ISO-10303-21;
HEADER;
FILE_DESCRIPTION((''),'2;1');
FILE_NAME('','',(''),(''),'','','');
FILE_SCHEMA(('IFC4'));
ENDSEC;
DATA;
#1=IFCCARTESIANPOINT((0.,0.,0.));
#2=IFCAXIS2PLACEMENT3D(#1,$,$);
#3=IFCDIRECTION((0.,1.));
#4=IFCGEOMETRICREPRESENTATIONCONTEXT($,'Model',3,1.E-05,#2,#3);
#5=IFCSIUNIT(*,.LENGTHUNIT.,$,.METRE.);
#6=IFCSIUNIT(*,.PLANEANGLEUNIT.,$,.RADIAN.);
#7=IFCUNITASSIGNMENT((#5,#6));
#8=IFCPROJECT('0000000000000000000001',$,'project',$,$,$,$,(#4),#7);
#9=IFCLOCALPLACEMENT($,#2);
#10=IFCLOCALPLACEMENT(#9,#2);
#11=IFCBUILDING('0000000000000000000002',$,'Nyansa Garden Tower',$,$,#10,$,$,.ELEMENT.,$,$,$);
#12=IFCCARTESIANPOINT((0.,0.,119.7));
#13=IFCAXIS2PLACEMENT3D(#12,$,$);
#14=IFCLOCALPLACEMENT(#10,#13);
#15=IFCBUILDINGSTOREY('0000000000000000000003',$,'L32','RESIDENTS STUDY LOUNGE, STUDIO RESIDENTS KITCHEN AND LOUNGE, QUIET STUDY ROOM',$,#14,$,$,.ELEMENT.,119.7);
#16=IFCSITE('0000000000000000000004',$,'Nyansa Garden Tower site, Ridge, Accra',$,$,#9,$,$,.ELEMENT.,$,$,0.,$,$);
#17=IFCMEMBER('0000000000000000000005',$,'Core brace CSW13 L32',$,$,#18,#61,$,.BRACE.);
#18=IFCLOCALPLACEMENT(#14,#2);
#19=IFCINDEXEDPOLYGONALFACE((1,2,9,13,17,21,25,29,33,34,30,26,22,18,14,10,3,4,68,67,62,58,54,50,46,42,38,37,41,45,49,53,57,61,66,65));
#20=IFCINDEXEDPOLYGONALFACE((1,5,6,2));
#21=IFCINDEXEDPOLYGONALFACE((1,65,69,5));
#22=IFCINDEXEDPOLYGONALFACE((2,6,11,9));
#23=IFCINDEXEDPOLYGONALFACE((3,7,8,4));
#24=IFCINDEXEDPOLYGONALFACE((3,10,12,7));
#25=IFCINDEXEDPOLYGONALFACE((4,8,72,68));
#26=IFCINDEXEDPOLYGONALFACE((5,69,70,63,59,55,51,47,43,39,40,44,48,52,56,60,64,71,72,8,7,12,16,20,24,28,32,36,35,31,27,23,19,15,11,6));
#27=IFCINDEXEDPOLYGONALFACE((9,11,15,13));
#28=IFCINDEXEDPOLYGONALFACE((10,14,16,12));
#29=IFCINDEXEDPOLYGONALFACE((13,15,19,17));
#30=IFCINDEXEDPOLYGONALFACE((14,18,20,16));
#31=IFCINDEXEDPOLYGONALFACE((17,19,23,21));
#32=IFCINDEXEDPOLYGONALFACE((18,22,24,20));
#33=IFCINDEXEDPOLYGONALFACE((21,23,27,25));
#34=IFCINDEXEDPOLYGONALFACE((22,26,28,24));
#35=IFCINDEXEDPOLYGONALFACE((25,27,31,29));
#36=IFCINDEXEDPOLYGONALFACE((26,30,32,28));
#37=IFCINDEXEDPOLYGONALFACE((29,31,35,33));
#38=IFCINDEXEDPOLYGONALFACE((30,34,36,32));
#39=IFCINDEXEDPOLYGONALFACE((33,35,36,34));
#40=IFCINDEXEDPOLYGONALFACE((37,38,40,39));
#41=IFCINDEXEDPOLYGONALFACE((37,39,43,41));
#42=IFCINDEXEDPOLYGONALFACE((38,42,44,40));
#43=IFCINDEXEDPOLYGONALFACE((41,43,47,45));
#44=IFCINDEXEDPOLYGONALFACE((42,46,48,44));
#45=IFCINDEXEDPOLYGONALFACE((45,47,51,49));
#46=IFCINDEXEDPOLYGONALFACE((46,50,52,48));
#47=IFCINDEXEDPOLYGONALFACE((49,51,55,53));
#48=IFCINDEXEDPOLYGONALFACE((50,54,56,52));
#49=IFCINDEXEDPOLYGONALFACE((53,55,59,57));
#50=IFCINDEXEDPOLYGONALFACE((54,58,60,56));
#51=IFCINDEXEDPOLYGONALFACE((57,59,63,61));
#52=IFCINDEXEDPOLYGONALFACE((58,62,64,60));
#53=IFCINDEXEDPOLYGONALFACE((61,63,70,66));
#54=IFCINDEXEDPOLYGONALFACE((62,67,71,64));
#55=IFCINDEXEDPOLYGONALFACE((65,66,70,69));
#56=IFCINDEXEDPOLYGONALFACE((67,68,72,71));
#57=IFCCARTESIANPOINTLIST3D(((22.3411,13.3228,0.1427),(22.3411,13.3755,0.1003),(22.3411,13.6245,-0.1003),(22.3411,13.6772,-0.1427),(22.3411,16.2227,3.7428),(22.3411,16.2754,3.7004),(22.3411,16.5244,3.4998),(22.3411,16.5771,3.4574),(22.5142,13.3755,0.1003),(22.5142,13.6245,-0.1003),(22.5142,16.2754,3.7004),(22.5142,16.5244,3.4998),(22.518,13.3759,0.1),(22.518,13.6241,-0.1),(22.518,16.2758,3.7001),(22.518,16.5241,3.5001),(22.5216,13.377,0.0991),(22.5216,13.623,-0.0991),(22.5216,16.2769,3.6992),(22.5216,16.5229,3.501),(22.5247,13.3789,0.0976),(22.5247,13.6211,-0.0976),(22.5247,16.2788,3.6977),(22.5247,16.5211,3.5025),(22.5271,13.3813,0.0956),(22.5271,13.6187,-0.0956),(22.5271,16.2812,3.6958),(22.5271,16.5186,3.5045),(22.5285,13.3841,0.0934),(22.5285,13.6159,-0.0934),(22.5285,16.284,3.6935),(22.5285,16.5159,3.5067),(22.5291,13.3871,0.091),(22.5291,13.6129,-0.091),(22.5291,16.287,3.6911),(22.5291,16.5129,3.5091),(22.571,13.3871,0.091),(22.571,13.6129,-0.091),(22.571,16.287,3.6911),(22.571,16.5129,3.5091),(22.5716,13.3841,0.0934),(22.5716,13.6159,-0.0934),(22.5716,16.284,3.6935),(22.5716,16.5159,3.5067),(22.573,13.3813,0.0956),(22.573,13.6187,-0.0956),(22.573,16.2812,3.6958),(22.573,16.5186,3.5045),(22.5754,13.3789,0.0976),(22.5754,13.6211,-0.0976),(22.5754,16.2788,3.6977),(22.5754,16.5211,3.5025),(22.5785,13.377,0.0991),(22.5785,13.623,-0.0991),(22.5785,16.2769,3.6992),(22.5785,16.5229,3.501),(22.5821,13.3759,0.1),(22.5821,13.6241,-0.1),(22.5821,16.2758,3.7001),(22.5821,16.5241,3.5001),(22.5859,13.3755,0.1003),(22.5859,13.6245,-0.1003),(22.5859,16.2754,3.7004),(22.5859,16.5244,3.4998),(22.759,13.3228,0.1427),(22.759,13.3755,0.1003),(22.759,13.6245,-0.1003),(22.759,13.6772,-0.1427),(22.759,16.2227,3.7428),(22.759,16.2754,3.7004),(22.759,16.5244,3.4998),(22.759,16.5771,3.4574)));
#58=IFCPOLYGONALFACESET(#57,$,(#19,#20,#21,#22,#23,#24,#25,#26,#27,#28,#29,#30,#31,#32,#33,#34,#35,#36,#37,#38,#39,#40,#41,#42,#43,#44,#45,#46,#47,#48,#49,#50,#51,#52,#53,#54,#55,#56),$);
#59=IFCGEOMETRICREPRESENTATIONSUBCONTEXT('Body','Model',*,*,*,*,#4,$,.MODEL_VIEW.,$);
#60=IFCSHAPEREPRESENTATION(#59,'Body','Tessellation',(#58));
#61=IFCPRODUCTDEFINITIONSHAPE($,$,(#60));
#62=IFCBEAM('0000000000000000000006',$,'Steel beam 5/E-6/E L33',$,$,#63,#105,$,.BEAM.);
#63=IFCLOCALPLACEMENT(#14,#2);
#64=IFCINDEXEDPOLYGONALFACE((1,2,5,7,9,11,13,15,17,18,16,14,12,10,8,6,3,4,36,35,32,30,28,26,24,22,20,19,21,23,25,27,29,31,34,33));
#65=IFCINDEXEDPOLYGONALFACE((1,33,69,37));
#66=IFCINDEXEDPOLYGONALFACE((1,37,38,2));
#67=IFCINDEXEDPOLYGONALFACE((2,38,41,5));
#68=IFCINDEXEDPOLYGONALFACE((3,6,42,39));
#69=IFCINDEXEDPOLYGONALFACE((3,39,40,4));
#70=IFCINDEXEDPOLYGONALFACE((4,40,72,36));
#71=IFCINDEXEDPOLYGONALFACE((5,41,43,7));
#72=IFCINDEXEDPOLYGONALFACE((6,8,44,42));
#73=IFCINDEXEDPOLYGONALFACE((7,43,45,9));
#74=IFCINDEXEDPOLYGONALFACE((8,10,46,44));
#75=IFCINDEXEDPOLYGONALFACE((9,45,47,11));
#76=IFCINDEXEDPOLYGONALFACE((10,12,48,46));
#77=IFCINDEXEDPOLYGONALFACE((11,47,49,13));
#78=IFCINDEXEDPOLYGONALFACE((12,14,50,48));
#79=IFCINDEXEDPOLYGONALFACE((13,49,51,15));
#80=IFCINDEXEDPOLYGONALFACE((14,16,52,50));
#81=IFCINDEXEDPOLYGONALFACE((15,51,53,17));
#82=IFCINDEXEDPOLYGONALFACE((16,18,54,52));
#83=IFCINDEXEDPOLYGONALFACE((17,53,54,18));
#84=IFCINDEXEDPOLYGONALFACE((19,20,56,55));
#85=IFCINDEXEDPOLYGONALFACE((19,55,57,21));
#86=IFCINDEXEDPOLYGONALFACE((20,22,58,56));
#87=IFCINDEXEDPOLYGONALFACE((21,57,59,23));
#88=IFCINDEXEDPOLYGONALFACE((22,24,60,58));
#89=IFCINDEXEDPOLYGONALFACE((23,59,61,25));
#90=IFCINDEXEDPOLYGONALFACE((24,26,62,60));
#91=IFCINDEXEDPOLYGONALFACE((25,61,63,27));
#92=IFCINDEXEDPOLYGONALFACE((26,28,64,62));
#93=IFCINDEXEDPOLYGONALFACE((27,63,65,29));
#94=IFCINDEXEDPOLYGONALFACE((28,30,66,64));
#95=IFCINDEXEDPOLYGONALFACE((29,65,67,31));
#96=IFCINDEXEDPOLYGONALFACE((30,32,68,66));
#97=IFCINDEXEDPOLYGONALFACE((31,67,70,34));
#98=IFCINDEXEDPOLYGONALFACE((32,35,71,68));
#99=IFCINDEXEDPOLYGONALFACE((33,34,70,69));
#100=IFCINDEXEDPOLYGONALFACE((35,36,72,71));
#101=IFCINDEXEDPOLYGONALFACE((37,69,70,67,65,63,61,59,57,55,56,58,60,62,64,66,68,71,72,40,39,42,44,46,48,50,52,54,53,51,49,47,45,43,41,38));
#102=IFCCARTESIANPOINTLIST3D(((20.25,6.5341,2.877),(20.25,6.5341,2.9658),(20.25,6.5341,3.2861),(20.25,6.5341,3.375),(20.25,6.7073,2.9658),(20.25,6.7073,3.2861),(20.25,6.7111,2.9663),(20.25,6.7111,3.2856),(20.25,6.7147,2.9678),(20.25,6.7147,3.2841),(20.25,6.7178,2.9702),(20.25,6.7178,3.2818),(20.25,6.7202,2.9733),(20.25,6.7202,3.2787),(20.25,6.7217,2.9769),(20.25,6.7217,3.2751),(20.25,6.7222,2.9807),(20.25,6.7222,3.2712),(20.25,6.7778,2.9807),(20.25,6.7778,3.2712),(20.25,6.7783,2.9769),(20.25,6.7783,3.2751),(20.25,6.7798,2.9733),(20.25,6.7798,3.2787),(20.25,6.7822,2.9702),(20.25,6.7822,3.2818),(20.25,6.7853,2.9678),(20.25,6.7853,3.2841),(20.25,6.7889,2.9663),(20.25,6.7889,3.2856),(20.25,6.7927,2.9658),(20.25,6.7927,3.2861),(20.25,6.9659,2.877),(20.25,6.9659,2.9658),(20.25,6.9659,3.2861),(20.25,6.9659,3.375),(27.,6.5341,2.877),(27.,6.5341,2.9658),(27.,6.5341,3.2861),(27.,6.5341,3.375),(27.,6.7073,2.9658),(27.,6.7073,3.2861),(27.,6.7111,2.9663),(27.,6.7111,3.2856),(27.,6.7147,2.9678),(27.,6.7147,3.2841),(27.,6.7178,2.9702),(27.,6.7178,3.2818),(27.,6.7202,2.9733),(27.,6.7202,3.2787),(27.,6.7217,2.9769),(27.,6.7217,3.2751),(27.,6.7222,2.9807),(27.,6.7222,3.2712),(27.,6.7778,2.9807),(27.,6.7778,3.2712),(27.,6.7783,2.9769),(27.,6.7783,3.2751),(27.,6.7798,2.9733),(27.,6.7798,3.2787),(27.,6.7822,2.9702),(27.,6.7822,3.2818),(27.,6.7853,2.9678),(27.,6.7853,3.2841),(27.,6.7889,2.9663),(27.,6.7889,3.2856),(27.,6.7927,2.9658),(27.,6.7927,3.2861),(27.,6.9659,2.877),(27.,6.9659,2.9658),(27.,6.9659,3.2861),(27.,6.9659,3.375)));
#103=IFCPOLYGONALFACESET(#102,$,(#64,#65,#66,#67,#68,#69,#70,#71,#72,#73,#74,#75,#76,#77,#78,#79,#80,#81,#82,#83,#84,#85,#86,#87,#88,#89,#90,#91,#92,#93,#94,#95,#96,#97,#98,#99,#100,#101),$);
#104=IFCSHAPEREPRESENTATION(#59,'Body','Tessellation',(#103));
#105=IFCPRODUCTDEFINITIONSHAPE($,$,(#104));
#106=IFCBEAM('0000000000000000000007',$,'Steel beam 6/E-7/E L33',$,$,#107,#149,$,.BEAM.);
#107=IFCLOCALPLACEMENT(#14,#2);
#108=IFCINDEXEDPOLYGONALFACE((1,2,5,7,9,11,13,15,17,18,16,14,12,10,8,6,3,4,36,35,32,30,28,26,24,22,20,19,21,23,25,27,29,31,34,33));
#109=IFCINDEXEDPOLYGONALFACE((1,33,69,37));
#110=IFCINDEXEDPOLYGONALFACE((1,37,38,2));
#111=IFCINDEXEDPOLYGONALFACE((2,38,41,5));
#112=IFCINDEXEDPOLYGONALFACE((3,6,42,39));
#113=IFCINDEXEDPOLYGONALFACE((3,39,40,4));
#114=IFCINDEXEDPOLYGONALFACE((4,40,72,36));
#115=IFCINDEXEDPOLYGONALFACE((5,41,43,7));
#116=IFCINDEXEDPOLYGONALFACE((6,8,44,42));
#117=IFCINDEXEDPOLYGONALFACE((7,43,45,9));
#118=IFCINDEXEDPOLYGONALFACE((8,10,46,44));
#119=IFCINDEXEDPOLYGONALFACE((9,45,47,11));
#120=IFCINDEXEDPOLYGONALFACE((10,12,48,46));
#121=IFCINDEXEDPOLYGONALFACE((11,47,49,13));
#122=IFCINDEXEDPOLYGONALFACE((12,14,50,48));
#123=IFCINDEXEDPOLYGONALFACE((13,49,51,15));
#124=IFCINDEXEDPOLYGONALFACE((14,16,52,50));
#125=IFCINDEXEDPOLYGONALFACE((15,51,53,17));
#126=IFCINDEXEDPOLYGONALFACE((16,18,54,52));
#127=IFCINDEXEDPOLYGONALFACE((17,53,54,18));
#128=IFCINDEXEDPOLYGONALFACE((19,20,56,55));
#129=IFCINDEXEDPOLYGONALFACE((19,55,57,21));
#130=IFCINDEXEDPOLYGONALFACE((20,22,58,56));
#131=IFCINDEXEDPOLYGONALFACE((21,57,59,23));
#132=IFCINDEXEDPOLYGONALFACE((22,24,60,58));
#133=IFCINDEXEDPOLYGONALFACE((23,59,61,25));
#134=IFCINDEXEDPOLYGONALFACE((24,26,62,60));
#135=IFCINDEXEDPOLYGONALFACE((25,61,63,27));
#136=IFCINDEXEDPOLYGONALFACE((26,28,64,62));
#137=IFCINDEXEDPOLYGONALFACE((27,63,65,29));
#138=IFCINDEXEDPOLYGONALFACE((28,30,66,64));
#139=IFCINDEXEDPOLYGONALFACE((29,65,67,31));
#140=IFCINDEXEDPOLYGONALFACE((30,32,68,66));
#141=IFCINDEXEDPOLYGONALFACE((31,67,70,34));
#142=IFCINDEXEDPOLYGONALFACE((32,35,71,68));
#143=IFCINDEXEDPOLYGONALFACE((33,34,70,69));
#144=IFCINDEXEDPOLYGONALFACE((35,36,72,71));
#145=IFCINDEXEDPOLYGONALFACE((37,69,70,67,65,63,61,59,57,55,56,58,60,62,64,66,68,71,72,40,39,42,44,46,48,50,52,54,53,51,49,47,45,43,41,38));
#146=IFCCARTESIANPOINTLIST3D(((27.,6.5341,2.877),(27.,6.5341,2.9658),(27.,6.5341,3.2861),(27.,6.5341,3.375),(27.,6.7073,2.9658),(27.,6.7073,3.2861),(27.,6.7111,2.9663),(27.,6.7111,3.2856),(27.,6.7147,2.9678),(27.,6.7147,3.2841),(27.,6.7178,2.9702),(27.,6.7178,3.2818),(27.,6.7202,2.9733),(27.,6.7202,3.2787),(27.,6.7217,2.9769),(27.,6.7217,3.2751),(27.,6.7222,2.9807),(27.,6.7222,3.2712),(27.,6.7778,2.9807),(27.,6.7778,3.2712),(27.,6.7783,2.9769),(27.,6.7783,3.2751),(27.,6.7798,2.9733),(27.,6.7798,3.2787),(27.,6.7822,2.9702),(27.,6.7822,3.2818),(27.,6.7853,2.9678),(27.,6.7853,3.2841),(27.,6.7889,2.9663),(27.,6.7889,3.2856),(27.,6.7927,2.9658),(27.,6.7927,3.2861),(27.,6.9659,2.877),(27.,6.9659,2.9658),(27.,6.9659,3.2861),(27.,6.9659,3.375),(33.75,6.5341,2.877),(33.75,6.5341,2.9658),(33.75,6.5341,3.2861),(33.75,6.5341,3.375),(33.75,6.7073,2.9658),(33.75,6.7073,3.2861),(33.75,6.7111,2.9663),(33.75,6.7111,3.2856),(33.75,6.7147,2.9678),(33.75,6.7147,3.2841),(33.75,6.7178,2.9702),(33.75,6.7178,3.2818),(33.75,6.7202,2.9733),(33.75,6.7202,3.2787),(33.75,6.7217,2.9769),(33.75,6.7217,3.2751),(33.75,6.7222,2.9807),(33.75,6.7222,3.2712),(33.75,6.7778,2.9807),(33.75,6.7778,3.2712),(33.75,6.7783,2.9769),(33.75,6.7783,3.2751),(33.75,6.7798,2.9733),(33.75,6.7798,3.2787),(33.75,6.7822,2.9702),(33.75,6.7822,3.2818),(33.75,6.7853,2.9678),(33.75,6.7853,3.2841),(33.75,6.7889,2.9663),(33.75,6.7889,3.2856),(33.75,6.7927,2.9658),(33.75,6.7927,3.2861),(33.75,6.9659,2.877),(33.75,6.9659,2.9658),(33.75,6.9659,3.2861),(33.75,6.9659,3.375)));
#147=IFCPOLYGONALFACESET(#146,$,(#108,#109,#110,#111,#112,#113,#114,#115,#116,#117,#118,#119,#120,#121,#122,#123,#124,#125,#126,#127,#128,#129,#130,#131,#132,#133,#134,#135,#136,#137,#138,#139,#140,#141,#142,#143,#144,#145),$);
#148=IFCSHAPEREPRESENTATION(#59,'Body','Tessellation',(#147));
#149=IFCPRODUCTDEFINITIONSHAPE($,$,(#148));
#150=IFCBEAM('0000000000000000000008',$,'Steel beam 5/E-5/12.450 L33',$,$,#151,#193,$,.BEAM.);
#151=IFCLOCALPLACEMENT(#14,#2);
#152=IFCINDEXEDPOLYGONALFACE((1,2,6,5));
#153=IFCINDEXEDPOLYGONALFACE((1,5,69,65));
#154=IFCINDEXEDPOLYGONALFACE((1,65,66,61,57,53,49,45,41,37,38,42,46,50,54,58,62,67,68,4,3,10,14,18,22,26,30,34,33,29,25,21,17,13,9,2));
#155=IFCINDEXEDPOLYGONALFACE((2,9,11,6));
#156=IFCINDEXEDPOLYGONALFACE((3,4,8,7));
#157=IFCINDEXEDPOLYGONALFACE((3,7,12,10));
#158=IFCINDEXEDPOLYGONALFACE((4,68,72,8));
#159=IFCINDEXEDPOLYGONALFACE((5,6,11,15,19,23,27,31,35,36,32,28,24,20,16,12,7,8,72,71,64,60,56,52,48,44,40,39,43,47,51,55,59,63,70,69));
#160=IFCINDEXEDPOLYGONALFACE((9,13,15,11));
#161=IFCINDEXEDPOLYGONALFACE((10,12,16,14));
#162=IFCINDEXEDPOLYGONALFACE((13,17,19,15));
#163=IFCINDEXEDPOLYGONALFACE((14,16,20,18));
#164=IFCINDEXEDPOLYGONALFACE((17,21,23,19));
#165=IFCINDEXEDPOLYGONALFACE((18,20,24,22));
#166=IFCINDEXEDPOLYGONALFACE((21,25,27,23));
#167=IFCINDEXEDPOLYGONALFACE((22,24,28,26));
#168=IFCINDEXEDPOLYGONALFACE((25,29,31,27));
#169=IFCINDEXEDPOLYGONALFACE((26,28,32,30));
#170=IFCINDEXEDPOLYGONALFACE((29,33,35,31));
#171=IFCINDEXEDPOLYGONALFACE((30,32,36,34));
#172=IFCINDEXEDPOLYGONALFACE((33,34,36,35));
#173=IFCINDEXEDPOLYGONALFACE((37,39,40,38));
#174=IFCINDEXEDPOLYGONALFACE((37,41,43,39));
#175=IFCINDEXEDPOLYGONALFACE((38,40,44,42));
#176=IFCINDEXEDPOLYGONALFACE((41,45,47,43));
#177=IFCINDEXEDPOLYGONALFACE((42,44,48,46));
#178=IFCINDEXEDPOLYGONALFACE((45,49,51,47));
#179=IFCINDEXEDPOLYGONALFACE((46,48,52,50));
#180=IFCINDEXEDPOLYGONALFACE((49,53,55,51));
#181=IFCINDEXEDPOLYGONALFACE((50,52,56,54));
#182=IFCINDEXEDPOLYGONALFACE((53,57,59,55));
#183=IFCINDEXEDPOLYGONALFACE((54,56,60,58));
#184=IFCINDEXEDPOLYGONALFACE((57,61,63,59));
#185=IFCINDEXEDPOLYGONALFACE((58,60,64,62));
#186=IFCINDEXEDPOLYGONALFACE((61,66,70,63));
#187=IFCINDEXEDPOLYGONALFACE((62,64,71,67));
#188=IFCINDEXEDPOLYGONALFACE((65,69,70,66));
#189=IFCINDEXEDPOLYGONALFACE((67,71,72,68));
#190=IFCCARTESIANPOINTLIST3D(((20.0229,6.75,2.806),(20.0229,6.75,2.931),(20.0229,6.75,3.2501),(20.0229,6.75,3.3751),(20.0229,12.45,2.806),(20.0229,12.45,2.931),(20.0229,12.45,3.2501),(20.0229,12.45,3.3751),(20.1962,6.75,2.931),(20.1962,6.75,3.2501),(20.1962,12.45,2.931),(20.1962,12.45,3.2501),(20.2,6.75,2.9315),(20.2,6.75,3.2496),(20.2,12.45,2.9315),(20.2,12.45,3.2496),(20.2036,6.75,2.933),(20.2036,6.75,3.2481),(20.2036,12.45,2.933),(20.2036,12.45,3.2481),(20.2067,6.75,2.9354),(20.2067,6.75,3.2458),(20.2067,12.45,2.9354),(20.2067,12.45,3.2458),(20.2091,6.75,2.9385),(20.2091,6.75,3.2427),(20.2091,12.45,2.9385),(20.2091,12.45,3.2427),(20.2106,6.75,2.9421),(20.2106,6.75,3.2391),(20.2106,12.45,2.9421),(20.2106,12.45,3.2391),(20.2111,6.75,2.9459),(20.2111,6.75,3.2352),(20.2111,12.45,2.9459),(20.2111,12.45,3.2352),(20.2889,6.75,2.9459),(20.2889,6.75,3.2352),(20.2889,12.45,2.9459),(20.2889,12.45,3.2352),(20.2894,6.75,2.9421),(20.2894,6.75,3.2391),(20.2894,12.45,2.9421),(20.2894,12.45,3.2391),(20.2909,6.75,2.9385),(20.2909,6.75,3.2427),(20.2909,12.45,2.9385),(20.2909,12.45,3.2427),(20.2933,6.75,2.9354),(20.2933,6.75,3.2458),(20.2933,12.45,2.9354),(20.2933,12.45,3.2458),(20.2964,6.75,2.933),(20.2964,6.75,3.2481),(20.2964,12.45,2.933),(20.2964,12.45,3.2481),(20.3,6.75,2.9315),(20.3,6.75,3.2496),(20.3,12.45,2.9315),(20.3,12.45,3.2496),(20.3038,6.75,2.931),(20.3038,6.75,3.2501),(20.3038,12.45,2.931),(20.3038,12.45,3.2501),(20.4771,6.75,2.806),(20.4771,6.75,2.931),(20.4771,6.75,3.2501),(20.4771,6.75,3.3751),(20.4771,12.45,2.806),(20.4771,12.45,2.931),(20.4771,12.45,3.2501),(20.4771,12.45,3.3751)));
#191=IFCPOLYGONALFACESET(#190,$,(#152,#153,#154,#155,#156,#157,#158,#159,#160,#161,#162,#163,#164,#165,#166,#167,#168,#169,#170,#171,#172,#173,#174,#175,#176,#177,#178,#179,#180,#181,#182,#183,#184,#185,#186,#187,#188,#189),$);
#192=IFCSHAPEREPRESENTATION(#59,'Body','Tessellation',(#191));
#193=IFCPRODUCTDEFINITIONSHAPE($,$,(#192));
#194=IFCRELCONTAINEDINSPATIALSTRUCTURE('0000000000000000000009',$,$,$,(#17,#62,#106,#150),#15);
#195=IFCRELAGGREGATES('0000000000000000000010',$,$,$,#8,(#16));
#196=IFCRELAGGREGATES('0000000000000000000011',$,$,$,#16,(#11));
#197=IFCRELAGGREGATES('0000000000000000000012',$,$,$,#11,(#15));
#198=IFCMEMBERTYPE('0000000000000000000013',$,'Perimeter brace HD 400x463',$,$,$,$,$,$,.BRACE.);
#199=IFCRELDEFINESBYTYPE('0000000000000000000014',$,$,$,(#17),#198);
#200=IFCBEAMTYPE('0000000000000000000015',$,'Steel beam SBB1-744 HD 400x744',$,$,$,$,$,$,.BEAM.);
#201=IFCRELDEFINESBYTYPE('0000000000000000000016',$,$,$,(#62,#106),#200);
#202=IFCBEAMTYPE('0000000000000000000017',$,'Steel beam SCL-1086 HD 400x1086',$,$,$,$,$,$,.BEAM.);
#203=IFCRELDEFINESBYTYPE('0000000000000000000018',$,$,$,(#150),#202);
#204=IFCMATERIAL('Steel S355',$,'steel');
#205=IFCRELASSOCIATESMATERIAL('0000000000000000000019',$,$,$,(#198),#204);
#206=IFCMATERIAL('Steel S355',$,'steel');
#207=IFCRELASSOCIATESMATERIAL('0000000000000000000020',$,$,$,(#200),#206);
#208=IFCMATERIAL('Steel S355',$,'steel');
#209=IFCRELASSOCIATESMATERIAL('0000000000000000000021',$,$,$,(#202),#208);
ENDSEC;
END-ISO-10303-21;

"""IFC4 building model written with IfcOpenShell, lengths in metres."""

from ifc_helpers import new_model, si_unit, direction, frame, origin, origin_2d, place, context, subcontext, project, spatial, i_section, extrude, material, material_profile, profile_set, type_object, element, save


model = new_model("IFC4")

# Units and contexts
model_context = context("Model", 3, precision=1e-05, world=origin(), true_north=direction((0.0, 1.0)))
body_context = subcontext(model_context, "Body", "Model", "MODEL_VIEW")
ifc_project = project(units=[si_unit("LENGTHUNIT", "METRE"), si_unit("PLANEANGLEUNIT", "RADIAN")], contexts=[model_context])

# Site, building, storey
site_placement = place(None, origin())
site = spatial("IfcSite", under=ifc_project, at=site_placement, Name="Nyansa Garden Tower site, Ridge, Accra", CompositionType="ELEMENT", RefElevation=0.0)
building_placement = place(site_placement, origin())
building = spatial("IfcBuilding", under=site, at=building_placement, Name="Nyansa Garden Tower", CompositionType="ELEMENT")
storey_placement = place(building_placement, frame((0.0, 0.0, 119.7)))
storey = spatial("IfcBuildingStorey", under=building, at=storey_placement, Name="L32", Description="RESIDENTS STUDY LOUNGE, STUDIO RESIDENTS KITCHEN AND LOUNGE, QUIET STUDY ROOM", CompositionType="ELEMENT", Elevation=119.7)

# Member
ifc_material_1 = material(Name="Steel S355", Category="steel")
ifc_material_profile_1 = material_profile(ifc_material_1, i_section(OverallWidth=0.418, OverallDepth=0.4551, WebThickness=0.042, FlangeThickness=0.0676, FilletRadius=0.0149, at=origin_2d()), Name="HD 400x463")
ifc_profile_set_1 = profile_set([ifc_material_profile_1], Name="Steel S355")
member_type = type_object("IfcMemberType", Name="Perimeter brace HD 400x463", PredefinedType="BRACE", material=ifc_profile_set_1)
for number, where, z_axis, x_axis, name in (
    (1, (22.55, 13.5, 0.0), (0.0, 0.627306, 0.778773), (-1.0, 0.0, 0.0), "Core brace CSW13 L32"),
):
    element("IfcMember", number, at=place(storey_placement, frame(where, z_axis=z_axis, x_axis=x_axis)), inside=storey, type_object=member_type, Name=name, PredefinedType="BRACE", context=body_context, shape_type="SweptSolid", body=[
        extrude(i_section(OverallWidth=0.418, OverallDepth=0.4551, WebThickness=0.042, FlangeThickness=0.0676, FilletRadius=0.0149, at=origin_2d()), origin(), (0.0, 0.0, 1.0), 4.6228),
    ])

# Beams
ifc_material_2 = material(Name="Steel S355", Category="steel")
ifc_material_profile_2 = material_profile(ifc_material_2, i_section(OverallWidth=0.4319, OverallDepth=0.498, WebThickness=0.0557, FlangeThickness=0.0889, FilletRadius=0.0149, at=origin_2d()), Name="HD 400x744")
ifc_profile_set_2 = profile_set([ifc_material_profile_2], Name="Steel S355")
beam_type_1 = type_object("IfcBeamType", Name="Steel beam SBB1-744 HD 400x744", PredefinedType="BEAM", material=ifc_profile_set_2)
for number, where, z_axis, x_axis, name in (
    (2, (20.25, 6.75, 3.126), (1.0, 0.0, 0.0), (0.0, 1.0, 0.0), "Steel beam 5/E-6/E L33"),
    (3, (27.0, 6.75, 3.126), (1.0, 0.0, 0.0), (0.0, 1.0, 0.0), "Steel beam 6/E-7/E L33"),
):
    element("IfcBeam", number, at=place(storey_placement, frame(where, z_axis=z_axis, x_axis=x_axis)), inside=storey, type_object=beam_type_1, Name=name, PredefinedType="BEAM", context=body_context, shape_type="SweptSolid", body=[
        extrude(i_section(OverallWidth=0.4319, OverallDepth=0.498, WebThickness=0.0557, FlangeThickness=0.0889, FilletRadius=0.0149, at=origin_2d()), origin(), (0.0, 0.0, 1.0), 6.75),
    ])
ifc_material_3 = material(Name="Steel S355", Category="steel")
ifc_material_profile_3 = material_profile(ifc_material_3, i_section(OverallWidth=0.4541, OverallDepth=0.5691, WebThickness=0.0779, FlangeThickness=0.125, FilletRadius=0.0149, at=origin_2d()), Name="HD 400x1086")
ifc_profile_set_3 = profile_set([ifc_material_profile_3], Name="Steel S355")
beam_type_2 = type_object("IfcBeamType", Name="Steel beam SCL-1086 HD 400x1086", PredefinedType="BEAM", material=ifc_profile_set_3)
for number, where, z_axis, x_axis, name in (
    (4, (20.25, 6.75, 3.0906), (0.0, 1.0, 0.0), (-1.0, 0.0, 0.0), "Steel beam 5/E-5/12.450 L33"),
):
    element("IfcBeam", number, at=place(storey_placement, frame(where, z_axis=z_axis, x_axis=x_axis)), inside=storey, type_object=beam_type_2, Name=name, PredefinedType="BEAM", context=body_context, shape_type="SweptSolid", body=[
        extrude(i_section(OverallWidth=0.4541, OverallDepth=0.5691, WebThickness=0.0779, FlangeThickness=0.125, FilletRadius=0.0149, at=origin_2d()), origin(), (0.0, 0.0, 1.0), 5.7),
    ])

save(model, "model.ifc")
